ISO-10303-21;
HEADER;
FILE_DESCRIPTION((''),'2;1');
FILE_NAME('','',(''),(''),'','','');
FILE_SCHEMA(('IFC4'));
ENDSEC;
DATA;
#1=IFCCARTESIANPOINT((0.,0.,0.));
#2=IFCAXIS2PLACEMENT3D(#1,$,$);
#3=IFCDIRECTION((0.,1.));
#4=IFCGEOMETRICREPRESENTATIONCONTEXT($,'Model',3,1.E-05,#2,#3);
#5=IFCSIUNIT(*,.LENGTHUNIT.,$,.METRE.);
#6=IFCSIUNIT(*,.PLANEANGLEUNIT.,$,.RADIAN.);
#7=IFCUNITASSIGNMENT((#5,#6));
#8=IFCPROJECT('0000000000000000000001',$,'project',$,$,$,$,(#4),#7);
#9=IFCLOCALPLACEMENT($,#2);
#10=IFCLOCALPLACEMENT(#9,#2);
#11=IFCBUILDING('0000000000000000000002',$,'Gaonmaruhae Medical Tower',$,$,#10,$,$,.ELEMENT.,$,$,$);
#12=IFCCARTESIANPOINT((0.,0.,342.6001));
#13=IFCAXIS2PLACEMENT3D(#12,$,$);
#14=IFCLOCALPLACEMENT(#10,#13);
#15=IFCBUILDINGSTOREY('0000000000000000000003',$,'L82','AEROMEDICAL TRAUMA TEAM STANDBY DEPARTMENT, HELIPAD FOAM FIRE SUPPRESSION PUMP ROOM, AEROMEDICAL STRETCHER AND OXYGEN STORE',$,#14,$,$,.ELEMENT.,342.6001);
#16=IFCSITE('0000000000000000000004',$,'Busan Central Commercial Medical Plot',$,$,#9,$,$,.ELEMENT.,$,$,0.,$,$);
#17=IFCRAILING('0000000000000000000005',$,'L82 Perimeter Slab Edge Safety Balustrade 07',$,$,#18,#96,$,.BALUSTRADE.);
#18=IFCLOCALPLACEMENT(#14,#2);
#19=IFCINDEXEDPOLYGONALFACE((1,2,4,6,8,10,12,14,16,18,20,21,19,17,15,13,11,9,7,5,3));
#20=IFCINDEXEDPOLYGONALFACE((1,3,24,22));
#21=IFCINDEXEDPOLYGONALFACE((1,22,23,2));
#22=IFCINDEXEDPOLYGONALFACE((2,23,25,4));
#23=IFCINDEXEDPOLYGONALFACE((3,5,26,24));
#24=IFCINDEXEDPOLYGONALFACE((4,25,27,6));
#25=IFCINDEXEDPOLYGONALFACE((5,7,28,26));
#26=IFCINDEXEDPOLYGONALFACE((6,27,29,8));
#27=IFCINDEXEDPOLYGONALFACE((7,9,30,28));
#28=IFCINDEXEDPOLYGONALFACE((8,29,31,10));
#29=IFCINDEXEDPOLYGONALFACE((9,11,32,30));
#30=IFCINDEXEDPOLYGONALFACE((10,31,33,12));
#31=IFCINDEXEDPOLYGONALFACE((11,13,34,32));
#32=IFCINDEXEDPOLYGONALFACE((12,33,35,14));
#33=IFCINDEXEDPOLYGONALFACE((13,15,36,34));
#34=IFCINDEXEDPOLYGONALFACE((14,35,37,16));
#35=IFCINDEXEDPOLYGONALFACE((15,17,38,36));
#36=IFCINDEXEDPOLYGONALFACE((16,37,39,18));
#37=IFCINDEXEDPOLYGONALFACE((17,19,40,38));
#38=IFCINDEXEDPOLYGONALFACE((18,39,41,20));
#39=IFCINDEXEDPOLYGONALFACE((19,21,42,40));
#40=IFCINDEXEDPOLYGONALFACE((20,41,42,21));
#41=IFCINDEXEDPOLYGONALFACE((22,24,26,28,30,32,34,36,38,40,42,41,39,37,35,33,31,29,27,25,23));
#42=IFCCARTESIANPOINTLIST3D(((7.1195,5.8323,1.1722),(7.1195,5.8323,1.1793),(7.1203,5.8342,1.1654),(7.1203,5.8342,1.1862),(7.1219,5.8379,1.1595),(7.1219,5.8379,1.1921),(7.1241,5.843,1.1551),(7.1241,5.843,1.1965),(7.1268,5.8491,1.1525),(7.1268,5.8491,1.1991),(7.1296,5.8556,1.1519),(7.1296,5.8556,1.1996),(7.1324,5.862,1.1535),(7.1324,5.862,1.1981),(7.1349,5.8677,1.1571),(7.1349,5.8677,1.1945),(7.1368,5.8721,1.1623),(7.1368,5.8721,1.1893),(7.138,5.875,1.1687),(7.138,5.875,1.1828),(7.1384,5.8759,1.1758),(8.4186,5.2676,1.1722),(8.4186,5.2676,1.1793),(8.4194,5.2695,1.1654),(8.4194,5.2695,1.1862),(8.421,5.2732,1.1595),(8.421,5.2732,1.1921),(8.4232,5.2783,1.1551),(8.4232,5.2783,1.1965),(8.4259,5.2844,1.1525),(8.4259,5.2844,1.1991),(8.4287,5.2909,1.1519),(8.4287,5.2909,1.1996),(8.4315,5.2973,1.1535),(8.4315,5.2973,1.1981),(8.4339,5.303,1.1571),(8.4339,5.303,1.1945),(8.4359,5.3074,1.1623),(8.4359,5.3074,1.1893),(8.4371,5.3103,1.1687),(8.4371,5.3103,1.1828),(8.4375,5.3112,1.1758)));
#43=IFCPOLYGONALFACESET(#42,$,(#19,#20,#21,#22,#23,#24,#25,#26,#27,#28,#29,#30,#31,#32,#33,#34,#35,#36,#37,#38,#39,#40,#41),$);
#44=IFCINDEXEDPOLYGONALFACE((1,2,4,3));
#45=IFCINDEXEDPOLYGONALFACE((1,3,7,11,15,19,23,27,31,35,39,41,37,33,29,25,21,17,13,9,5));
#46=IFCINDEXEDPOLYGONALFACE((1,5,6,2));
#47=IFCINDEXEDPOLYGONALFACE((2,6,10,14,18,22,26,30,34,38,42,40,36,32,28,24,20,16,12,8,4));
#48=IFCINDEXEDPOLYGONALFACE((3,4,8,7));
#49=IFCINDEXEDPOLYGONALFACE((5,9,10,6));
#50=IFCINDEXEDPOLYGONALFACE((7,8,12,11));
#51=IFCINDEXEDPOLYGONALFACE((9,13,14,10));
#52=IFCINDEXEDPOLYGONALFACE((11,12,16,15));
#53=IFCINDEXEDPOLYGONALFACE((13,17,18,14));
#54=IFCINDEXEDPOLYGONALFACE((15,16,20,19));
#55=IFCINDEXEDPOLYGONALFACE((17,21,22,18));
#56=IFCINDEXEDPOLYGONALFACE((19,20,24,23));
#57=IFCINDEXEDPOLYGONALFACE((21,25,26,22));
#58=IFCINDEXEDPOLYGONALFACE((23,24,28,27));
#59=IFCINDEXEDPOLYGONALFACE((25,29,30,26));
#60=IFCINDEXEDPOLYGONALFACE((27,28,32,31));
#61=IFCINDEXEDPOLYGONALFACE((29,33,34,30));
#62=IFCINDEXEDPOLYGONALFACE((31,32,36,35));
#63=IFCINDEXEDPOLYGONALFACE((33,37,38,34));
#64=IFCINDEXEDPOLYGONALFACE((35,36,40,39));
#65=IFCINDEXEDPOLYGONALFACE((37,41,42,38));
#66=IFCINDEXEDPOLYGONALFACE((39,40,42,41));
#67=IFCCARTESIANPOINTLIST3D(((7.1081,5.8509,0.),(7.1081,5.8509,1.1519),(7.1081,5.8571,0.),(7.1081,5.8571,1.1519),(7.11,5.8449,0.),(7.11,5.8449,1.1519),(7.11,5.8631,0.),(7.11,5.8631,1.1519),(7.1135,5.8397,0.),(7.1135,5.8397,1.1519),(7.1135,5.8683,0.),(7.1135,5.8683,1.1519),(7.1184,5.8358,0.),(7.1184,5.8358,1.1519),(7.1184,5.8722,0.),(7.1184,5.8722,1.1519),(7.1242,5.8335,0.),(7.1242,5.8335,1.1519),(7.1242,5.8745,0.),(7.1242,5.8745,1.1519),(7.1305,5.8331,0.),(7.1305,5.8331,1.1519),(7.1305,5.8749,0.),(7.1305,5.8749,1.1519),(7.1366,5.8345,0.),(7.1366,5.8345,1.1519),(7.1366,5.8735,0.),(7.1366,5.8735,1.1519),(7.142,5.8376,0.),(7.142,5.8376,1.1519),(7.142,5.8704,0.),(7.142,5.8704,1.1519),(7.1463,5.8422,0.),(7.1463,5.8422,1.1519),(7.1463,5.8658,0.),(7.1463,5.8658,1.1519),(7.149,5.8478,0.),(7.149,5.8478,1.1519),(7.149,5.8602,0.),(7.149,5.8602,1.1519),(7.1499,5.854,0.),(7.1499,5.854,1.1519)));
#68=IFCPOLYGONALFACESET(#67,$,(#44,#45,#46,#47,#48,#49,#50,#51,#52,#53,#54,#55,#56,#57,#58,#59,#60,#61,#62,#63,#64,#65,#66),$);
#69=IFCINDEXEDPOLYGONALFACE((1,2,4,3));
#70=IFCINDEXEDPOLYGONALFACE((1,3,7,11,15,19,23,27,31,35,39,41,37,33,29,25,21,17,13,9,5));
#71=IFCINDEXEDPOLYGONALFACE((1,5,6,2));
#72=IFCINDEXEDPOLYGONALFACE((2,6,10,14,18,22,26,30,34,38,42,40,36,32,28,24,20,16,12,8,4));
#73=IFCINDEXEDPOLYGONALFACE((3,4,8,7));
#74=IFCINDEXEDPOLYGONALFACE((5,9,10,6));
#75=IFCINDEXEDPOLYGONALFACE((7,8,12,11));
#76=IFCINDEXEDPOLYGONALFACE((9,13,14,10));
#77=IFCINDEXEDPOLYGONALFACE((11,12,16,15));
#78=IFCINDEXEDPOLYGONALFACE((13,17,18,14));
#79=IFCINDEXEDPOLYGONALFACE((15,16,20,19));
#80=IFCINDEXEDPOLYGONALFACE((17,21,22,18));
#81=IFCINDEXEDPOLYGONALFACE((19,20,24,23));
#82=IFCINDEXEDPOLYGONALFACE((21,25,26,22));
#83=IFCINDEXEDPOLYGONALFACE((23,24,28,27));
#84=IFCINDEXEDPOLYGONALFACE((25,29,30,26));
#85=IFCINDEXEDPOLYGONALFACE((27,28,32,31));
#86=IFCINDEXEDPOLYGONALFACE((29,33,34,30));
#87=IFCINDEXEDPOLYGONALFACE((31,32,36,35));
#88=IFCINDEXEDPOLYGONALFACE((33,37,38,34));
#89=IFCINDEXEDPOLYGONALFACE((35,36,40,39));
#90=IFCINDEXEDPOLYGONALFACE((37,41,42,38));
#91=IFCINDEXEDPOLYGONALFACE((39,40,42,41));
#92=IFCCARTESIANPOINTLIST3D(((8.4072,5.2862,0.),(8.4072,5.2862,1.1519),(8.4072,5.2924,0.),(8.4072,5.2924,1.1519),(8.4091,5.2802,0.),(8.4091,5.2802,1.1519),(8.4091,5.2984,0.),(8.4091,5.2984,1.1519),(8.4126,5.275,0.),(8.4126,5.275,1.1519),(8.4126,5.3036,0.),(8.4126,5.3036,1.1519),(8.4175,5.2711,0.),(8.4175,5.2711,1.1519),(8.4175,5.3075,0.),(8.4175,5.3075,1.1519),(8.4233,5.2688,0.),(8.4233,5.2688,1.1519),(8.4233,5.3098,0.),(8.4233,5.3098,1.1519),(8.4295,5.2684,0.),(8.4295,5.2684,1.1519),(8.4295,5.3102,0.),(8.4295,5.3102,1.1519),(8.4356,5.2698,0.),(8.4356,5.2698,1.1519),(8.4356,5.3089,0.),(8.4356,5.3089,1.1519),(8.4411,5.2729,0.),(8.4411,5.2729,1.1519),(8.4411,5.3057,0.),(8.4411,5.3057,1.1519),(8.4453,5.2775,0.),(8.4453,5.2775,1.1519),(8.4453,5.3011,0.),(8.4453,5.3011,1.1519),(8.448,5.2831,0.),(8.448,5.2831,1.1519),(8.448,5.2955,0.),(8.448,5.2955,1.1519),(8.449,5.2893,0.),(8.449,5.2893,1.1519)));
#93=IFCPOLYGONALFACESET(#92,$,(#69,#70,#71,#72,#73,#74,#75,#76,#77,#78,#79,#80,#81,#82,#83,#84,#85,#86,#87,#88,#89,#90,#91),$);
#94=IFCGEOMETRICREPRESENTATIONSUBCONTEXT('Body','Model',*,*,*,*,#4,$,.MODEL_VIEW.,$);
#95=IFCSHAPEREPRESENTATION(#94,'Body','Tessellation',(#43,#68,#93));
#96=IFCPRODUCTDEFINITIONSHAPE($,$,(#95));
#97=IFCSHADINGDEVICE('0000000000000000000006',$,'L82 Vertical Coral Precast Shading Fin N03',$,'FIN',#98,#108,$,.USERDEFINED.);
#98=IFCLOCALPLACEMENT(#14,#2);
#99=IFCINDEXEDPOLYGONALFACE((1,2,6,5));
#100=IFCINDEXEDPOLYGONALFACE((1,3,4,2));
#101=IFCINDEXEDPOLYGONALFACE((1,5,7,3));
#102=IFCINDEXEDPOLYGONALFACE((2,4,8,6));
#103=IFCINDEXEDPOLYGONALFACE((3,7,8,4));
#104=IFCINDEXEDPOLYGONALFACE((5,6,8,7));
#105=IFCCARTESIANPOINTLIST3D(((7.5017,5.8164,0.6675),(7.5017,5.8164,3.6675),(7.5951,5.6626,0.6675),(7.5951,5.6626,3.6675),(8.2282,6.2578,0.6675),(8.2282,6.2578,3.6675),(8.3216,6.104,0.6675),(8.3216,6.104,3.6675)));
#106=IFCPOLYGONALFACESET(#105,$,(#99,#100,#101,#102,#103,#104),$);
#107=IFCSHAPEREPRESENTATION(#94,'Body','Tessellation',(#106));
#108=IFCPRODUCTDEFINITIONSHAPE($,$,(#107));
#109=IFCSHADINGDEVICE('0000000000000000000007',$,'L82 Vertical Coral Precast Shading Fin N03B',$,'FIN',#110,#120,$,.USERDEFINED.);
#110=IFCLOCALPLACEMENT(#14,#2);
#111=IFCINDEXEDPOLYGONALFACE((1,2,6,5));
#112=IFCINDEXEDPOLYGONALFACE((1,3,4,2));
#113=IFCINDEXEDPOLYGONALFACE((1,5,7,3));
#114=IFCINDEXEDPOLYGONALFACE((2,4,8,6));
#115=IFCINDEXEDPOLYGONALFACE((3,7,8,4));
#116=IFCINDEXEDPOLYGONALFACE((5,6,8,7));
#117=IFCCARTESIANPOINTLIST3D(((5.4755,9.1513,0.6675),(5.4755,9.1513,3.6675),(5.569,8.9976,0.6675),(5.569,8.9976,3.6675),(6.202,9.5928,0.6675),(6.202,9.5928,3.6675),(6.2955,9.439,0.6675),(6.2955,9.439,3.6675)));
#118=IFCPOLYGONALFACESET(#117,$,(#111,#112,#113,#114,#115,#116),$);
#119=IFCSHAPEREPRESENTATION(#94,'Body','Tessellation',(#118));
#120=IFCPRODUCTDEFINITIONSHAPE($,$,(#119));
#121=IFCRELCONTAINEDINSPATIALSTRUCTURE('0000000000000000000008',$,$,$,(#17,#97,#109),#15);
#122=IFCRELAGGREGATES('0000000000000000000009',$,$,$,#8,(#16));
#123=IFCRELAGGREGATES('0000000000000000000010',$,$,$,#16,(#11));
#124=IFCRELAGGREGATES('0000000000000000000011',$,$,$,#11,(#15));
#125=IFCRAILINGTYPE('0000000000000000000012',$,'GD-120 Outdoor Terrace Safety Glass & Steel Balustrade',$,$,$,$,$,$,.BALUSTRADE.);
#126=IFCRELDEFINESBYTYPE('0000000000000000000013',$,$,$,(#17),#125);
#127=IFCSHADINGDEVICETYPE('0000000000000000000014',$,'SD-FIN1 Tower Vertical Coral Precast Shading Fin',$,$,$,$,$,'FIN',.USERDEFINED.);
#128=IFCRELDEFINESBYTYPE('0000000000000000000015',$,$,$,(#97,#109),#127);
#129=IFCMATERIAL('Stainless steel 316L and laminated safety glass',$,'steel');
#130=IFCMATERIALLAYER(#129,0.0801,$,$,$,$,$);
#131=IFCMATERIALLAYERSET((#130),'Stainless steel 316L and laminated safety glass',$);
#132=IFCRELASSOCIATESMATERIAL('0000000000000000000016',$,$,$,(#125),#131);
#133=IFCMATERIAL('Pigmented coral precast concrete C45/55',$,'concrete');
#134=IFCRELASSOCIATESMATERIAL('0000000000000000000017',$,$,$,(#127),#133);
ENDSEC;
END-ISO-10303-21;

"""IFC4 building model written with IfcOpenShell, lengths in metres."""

from ifc_helpers import new_model, si_unit, direction, frame, origin, origin_2d, place, context, subcontext, project, spatial, rectangle, circle, extrude, material, layer, layer_set, type_object, element, save


model = new_model("IFC4")

# Units and contexts
model_context = context("Model", 3, precision=1e-05, world=origin(), true_north=direction((0.0, 1.0)))
body_context = subcontext(model_context, "Body", "Model", "MODEL_VIEW")
ifc_project = project(units=[si_unit("LENGTHUNIT", "METRE"), si_unit("PLANEANGLEUNIT", "RADIAN")], contexts=[model_context])

# Site, building, storey
site_placement = place(None, origin())
site = spatial("IfcSite", under=ifc_project, at=site_placement, Name="Busan Central Commercial Medical Plot", CompositionType="ELEMENT", RefElevation=0.0)
building_placement = place(site_placement, origin())
building = spatial("IfcBuilding", under=site, at=building_placement, Name="Gaonmaruhae Medical Tower", CompositionType="ELEMENT")
storey_placement = place(building_placement, frame((0.0, 0.0, 342.6001)))
storey = spatial("IfcBuildingStorey", under=building, at=storey_placement, Name="L82", Description="AEROMEDICAL TRAUMA TEAM STANDBY DEPARTMENT, HELIPAD FOAM FIRE SUPPRESSION PUMP ROOM, AEROMEDICAL STRETCHER AND OXYGEN STORE", CompositionType="ELEMENT", Elevation=342.6001)

# Railing
ifc_material_1 = material(Name="Stainless steel 316L and laminated safety glass", Category="steel")
ifc_layer_1 = layer(ifc_material_1, 0.0801)
ifc_layer_set_1 = layer_set([ifc_layer_1], Name="Stainless steel 316L and laminated safety glass")
railing_type = type_object("IfcRailingType", Name="GD-120 Outdoor Terrace Safety Glass & Steel Balustrade", PredefinedType="BALUSTRADE", material=ifc_layer_set_1)
railing_1_placement = place(storey_placement, frame((7.1289, 5.854, 0.0)))
element("IfcRailing", 1, at=railing_1_placement, inside=storey, type_object=railing_type, Name="L82 Perimeter Slab Edge Safety Balustrade 07", PredefinedType="BALUSTRADE", context=body_context, shape_type="SweptSolid", body=[
    extrude(circle(Radius=0.0239, at=origin_2d()), frame((0.0, 0.0, 1.1758), z_axis=(0.9171, -0.398657, 0.0), x_axis=(0.398657, 0.9171, 0.0)), (0.0, 0.0, 1.0), 1.4165),
    extrude(circle(Radius=0.021, at=origin_2d()), origin(), (0.0, 0.0, 1.0), 1.1519),
    extrude(circle(Radius=0.021, at=origin_2d()), frame((1.2991, -0.5647, 0.0)), (0.0, 0.0, 1.0), 1.1519),
])

# Shading devices
ifc_material_2 = material(Name="Pigmented coral precast concrete C45/55", Category="concrete")
shading_device_type = type_object("IfcShadingDeviceType", Name="SD-FIN1 Tower Vertical Coral Precast Shading Fin", ElementType="FIN", PredefinedType="USERDEFINED", material=ifc_material_2)
for number, where, z_axis, x_axis, name in (
    (2, (7.9116, 5.9602, 0.6675), (0.0, 0.0, 1.0), (-0.519251, 0.854622, 0.0), "L82 Vertical Coral Precast Shading Fin N03"),
    (3, (5.8855, 9.2952, 0.6675), (0.0, 0.0, 1.0), (-0.519251, 0.854622, 0.0), "L82 Vertical Coral Precast Shading Fin N03B"),
):
    element("IfcShadingDevice", number, at=place(storey_placement, frame(where, z_axis=z_axis, x_axis=x_axis)), inside=storey, type_object=shading_device_type, Name=name, ObjectType="FIN", PredefinedType="USERDEFINED", context=body_context, shape_type="SweptSolid", body=[
        extrude(rectangle(XDim=0.1799, YDim=0.8501, at=origin_2d()), origin(), (0.0, 0.0, 1.0), 3.0),
    ])

save(model, "model.ifc")
